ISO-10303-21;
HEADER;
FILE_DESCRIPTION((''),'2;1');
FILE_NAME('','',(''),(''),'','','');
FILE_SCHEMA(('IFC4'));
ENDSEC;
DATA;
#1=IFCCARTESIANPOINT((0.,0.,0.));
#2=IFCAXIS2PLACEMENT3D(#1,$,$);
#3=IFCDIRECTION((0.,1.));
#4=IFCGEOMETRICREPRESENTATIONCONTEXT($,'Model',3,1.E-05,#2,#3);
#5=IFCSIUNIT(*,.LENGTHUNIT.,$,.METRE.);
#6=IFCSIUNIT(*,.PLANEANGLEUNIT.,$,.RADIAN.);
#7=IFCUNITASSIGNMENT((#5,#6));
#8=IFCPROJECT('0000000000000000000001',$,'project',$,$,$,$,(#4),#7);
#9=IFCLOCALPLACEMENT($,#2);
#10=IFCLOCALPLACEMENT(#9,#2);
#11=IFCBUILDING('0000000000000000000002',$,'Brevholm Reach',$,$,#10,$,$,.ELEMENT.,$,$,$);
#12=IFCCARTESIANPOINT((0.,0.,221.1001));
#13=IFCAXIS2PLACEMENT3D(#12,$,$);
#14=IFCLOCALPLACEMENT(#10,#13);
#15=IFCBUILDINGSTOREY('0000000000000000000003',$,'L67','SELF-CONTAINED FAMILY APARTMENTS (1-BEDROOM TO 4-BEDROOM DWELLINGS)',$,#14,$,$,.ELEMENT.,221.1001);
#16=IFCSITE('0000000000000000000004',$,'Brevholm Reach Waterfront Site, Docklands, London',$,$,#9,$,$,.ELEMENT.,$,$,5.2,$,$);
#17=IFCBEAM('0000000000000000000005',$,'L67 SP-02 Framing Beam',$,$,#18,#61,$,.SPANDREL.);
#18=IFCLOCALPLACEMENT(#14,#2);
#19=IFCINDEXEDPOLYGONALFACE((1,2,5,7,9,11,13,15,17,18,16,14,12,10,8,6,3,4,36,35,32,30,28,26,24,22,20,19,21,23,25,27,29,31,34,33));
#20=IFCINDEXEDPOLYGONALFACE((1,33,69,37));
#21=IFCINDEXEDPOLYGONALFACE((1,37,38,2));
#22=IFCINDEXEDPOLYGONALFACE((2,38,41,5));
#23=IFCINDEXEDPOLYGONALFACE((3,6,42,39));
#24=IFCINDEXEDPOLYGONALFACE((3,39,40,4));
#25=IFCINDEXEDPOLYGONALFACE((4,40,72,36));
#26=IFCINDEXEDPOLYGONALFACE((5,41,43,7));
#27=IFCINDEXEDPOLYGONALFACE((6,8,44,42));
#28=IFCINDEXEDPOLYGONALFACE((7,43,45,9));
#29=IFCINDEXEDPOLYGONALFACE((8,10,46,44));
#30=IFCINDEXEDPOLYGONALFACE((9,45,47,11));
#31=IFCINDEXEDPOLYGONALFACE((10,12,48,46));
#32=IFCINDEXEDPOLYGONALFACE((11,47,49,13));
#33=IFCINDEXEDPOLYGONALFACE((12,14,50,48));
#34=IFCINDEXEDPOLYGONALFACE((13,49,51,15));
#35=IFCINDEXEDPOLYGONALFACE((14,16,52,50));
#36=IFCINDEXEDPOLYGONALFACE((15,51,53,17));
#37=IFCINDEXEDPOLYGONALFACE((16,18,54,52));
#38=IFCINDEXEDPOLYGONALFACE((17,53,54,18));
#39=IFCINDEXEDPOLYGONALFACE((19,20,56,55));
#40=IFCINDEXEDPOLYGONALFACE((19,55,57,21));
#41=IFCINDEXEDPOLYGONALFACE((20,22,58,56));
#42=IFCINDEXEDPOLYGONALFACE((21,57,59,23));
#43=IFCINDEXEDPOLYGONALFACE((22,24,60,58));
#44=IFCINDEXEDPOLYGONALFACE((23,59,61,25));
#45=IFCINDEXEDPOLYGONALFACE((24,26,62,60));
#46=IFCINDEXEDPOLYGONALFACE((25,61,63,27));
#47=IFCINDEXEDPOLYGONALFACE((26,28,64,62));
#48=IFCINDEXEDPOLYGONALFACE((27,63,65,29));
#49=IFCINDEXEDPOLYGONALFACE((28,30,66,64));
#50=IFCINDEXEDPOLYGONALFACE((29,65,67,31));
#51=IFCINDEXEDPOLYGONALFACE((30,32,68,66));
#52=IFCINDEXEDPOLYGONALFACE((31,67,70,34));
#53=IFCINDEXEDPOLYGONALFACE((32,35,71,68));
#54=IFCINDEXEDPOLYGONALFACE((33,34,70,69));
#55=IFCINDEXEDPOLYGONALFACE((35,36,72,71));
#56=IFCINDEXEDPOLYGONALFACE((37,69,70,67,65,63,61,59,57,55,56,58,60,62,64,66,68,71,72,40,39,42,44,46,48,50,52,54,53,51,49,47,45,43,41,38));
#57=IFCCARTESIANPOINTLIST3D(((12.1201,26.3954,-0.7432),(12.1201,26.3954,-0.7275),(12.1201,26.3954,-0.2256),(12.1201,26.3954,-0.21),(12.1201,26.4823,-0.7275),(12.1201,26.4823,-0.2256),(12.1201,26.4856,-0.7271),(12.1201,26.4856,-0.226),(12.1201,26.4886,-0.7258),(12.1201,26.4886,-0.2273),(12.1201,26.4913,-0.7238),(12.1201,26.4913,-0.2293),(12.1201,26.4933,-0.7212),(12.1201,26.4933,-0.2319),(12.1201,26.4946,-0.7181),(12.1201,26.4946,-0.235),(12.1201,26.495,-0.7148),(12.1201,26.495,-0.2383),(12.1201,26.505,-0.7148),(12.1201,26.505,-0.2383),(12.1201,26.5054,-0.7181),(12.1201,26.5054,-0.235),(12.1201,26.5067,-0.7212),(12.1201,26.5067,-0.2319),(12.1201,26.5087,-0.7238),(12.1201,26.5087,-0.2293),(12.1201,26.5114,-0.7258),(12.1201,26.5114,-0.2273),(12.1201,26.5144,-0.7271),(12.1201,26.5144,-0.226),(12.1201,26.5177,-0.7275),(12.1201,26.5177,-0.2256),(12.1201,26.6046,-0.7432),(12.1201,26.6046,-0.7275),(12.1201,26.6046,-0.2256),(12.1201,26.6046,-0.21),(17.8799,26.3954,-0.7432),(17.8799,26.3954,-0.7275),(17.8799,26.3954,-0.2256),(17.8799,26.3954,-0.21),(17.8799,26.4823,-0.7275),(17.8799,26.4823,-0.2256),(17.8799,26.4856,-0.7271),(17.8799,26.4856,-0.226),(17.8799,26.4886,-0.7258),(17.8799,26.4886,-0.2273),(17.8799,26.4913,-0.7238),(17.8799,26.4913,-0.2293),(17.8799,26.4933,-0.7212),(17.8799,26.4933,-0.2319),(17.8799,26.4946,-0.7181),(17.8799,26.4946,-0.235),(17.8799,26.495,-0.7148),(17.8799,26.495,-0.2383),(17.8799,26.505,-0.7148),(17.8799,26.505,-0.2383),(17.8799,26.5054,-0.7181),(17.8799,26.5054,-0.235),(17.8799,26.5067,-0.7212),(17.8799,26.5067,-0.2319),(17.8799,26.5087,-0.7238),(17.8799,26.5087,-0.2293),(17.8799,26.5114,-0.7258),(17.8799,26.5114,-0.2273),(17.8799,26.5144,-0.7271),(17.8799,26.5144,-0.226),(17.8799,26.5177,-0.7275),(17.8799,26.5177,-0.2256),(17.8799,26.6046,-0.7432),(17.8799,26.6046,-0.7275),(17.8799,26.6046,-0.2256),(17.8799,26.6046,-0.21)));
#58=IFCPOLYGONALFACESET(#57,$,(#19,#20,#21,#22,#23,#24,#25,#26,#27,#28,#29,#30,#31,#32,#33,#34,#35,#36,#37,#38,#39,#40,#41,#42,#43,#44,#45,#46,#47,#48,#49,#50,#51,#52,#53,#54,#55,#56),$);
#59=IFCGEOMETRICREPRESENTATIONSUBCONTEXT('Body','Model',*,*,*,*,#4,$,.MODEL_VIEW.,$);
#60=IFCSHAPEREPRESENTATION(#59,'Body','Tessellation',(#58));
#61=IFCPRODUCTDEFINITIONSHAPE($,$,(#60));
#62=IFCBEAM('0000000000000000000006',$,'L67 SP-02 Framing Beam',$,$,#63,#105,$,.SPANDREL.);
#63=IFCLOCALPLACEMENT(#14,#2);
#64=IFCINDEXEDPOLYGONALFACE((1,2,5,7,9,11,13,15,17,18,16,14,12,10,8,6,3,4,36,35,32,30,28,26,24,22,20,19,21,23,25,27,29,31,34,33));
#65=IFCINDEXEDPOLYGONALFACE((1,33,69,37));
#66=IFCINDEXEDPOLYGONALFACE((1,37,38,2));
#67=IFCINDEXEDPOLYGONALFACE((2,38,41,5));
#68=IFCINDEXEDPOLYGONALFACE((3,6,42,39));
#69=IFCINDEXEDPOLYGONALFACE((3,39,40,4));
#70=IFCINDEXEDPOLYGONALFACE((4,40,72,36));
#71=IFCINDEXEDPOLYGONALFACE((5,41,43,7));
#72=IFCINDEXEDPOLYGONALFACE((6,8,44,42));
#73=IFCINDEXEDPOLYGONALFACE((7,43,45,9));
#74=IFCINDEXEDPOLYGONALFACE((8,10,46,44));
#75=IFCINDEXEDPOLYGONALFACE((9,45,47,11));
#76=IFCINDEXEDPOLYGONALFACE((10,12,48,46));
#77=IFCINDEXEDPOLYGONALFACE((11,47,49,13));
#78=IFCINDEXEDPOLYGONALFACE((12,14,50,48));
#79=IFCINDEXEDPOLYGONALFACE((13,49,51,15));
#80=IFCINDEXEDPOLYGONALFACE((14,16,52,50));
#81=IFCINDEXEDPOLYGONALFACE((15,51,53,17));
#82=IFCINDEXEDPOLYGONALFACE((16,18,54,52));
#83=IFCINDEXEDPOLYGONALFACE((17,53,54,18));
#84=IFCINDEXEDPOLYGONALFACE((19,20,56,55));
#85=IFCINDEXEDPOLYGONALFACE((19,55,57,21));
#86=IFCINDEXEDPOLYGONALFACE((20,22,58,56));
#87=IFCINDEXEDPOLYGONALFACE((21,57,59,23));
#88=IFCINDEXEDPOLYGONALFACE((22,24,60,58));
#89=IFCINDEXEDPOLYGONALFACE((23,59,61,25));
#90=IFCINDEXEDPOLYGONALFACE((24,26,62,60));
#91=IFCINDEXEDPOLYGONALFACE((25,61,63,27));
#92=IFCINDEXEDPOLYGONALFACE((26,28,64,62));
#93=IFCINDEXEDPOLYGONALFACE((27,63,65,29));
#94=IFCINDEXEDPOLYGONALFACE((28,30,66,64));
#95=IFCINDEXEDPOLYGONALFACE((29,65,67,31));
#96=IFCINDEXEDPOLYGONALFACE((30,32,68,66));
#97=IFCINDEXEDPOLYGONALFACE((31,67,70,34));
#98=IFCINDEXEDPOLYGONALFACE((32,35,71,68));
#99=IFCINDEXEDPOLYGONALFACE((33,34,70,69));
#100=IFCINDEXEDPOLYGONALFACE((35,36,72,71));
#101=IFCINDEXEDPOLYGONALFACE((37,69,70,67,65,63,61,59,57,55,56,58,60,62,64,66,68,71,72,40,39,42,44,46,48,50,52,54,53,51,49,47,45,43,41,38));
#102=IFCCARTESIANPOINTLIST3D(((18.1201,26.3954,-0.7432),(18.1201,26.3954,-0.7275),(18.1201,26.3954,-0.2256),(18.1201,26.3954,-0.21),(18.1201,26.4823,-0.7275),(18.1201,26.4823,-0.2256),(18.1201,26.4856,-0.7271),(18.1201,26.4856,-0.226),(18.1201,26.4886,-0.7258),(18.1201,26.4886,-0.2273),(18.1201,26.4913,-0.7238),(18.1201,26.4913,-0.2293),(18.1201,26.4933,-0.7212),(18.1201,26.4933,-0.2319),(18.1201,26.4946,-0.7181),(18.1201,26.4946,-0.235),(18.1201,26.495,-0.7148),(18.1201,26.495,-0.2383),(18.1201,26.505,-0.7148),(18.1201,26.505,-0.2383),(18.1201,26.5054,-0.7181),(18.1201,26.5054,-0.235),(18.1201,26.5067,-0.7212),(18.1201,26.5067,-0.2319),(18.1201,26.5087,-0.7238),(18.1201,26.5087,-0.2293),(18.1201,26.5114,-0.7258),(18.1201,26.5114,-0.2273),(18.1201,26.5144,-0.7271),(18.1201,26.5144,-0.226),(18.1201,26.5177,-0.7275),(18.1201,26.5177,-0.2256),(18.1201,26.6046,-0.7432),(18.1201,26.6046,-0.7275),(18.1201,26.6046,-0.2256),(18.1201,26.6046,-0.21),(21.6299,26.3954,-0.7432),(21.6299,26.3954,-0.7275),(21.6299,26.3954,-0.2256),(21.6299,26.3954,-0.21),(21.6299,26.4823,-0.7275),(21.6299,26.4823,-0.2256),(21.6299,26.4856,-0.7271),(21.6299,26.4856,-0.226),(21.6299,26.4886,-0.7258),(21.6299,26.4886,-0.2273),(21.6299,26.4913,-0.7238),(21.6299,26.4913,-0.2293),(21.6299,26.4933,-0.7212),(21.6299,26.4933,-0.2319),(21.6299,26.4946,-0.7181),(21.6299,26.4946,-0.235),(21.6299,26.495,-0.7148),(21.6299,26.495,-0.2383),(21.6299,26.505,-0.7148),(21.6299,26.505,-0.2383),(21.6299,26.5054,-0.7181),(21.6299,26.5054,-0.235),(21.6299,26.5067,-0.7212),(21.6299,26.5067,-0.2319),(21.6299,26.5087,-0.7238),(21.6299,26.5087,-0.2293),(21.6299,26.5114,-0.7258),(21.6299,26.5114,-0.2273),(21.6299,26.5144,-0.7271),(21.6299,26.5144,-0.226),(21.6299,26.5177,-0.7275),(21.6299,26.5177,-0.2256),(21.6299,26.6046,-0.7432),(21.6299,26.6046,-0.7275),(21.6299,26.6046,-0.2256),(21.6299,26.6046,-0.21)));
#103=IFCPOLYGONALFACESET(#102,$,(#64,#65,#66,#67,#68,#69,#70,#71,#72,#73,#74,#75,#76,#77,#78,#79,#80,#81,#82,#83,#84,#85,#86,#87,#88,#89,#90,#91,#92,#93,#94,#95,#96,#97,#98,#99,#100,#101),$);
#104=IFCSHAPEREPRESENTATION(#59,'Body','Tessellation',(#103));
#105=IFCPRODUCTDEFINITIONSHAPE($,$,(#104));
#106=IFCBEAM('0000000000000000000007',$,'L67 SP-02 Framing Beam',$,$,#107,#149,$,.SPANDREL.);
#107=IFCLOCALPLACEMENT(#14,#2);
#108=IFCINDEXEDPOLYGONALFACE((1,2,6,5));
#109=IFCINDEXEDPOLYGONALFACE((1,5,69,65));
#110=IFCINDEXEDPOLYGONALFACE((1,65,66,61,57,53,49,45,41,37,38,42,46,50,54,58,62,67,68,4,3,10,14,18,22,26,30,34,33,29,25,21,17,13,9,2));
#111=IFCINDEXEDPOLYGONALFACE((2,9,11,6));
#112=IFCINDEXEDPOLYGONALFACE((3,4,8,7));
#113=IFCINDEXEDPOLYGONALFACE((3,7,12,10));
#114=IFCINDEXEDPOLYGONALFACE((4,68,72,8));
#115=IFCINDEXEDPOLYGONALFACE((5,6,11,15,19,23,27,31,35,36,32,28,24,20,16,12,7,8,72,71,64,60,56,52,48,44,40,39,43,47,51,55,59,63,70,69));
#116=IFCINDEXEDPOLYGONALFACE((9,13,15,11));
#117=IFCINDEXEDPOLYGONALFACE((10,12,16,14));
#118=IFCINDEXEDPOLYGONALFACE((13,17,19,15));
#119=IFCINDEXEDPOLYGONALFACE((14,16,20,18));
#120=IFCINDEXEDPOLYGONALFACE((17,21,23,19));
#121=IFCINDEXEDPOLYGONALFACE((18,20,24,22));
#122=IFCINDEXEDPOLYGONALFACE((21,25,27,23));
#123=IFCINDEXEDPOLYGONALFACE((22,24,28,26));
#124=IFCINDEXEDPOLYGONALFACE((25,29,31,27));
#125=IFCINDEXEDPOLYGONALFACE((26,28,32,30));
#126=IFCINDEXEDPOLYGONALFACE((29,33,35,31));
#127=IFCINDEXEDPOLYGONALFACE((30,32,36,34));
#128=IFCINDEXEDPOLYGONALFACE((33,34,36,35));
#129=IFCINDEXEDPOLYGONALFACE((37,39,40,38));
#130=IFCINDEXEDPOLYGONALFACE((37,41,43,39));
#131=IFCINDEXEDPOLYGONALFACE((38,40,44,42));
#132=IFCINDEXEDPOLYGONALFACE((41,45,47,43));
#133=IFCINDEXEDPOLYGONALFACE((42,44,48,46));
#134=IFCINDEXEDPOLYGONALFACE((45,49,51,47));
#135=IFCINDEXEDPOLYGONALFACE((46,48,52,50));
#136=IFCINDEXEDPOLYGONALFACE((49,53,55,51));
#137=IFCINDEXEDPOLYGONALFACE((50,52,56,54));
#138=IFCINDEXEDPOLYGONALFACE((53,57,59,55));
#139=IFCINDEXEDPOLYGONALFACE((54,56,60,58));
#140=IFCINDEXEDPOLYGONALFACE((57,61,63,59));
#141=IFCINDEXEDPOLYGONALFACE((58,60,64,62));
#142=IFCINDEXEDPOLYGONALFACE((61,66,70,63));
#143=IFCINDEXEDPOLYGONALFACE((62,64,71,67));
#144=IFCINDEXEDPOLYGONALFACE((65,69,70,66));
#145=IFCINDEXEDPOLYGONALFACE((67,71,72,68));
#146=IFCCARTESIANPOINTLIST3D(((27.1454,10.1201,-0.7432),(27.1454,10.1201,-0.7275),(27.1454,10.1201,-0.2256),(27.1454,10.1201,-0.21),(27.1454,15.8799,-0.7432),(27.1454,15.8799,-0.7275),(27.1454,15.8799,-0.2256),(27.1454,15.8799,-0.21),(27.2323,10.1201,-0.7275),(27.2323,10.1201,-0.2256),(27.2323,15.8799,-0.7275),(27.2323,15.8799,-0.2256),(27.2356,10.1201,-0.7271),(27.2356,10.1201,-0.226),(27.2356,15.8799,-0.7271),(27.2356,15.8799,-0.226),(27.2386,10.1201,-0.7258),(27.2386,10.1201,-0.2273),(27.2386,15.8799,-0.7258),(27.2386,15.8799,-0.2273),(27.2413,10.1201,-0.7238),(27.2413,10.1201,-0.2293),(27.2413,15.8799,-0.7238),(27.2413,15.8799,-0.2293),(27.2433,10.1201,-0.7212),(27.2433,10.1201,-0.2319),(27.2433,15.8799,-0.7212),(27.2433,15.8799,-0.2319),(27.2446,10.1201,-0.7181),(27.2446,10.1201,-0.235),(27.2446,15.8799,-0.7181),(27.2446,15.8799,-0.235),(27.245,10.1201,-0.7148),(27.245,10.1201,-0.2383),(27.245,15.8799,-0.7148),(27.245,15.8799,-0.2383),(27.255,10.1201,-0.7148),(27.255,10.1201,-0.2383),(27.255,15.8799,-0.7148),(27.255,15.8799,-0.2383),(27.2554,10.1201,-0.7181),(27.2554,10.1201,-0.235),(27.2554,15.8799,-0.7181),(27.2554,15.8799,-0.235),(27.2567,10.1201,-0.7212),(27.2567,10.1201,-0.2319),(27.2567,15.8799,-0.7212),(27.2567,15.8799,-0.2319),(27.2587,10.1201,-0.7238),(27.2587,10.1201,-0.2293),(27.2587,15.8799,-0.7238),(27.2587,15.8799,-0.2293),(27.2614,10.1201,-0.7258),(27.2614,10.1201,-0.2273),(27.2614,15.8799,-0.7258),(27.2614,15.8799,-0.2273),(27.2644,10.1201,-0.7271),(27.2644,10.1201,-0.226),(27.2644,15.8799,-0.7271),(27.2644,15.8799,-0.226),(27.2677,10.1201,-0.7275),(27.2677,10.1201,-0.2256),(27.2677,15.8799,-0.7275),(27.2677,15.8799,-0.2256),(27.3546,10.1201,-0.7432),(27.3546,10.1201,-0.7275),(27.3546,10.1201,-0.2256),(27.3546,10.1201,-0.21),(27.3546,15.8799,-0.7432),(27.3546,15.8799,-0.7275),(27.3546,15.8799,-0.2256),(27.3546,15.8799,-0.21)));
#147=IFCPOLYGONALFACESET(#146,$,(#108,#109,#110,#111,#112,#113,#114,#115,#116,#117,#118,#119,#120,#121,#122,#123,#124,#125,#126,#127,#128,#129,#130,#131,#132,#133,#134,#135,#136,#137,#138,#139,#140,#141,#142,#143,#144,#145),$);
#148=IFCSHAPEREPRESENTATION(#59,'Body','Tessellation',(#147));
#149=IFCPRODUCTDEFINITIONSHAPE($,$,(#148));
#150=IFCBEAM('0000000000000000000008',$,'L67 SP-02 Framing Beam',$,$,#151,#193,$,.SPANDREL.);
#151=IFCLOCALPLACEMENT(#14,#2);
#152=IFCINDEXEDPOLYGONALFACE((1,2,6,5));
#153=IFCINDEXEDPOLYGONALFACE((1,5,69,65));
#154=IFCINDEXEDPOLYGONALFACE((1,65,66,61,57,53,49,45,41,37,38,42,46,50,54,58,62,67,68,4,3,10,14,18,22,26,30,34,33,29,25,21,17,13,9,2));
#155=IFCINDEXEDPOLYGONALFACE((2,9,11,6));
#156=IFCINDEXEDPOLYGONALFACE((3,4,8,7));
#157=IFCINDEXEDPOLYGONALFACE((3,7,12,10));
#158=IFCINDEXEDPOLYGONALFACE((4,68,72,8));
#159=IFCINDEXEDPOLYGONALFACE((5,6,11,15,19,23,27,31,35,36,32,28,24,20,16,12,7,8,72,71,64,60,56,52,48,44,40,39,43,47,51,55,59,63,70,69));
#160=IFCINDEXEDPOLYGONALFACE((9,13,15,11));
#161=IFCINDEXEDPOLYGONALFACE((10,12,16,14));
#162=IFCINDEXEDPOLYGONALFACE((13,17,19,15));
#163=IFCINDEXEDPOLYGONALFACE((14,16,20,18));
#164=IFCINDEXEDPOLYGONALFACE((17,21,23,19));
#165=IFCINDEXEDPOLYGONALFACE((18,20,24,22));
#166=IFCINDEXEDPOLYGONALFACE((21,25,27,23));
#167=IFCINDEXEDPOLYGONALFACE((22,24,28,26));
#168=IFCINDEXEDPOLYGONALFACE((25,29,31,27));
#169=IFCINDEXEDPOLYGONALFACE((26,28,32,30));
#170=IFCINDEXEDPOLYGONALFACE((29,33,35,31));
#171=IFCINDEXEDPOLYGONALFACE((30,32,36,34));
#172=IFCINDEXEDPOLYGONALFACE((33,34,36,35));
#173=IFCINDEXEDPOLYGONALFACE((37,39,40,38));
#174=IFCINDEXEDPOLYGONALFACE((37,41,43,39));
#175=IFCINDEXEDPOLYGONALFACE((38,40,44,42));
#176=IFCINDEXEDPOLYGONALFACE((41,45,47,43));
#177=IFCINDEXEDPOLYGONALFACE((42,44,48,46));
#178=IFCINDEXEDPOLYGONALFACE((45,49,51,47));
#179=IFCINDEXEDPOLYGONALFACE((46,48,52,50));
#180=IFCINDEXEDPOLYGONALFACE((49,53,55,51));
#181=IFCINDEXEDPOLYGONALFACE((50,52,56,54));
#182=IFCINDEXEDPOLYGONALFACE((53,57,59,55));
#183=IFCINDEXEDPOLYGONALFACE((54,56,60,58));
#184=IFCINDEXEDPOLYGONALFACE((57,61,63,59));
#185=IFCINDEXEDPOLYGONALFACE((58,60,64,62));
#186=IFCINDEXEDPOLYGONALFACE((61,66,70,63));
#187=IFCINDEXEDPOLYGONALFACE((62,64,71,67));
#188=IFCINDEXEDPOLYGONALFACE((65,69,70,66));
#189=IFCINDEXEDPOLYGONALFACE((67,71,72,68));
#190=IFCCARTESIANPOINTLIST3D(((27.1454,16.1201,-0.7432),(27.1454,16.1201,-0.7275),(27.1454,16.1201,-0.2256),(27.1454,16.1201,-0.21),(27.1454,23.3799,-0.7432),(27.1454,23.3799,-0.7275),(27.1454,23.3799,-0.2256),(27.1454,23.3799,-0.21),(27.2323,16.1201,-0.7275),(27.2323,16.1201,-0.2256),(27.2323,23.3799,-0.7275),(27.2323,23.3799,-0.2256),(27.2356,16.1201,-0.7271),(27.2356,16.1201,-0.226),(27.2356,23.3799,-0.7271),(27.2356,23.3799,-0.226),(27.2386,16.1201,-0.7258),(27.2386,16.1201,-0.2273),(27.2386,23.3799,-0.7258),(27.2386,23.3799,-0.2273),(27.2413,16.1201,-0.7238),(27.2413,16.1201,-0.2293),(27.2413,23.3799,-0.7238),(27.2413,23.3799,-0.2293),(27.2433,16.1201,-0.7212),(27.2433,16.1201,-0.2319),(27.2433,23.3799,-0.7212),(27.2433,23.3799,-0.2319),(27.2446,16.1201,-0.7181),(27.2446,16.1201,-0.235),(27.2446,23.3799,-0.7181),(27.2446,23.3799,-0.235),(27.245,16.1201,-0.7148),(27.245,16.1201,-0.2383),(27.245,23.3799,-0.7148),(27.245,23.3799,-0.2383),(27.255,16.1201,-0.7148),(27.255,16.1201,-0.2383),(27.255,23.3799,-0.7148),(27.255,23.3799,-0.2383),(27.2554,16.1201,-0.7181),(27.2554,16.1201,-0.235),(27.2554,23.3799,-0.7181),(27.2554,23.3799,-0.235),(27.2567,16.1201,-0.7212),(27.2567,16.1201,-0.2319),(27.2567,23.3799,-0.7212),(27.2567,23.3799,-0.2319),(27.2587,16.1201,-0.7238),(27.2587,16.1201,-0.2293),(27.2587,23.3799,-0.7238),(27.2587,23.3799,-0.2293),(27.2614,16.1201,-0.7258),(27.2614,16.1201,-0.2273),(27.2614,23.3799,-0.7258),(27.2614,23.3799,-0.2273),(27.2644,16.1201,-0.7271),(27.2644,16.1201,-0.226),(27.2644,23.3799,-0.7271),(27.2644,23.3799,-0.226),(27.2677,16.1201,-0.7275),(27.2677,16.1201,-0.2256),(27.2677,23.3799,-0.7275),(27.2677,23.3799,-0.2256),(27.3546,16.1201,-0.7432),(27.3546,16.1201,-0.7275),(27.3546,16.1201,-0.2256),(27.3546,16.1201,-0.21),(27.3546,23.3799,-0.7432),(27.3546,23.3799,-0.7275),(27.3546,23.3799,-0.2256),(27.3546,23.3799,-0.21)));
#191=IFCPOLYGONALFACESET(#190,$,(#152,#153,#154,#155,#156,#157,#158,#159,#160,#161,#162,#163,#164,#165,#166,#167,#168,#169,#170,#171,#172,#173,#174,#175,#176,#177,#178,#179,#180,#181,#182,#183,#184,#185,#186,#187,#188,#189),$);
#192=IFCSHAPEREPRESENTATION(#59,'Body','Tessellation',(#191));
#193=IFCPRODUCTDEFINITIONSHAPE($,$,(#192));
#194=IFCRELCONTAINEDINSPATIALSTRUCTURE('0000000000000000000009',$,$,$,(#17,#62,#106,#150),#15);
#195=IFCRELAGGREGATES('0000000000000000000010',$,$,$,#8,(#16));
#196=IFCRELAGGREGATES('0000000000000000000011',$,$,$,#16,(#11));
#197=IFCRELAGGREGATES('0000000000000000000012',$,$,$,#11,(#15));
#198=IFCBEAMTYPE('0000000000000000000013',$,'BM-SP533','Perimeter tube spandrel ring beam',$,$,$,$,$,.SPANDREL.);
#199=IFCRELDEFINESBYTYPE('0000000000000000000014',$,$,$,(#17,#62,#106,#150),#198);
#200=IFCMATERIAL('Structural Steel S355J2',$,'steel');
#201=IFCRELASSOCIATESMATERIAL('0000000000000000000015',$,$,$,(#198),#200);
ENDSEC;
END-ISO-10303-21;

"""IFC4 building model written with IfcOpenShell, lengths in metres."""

from ifc_helpers import new_model, si_unit, direction, frame, origin, origin_2d, place, context, subcontext, project, spatial, i_section, extrude, material, material_profile, profile_set, type_object, element, save


model = new_model("IFC4")

# Units and contexts
model_context = context("Model", 3, precision=1e-05, world=origin(), true_north=direction((0.0, 1.0)))
body_context = subcontext(model_context, "Body", "Model", "MODEL_VIEW")
ifc_project = project(units=[si_unit("LENGTHUNIT", "METRE"), si_unit("PLANEANGLEUNIT", "RADIAN")], contexts=[model_context])

# Site, building, storey
site_placement = place(None, origin())
site = spatial("IfcSite", under=ifc_project, at=site_placement, Name="Brevholm Reach Waterfront Site, Docklands, London", CompositionType="ELEMENT", RefElevation=5.2)
building_placement = place(site_placement, origin())
building = spatial("IfcBuilding", under=site, at=building_placement, Name="Brevholm Reach", CompositionType="ELEMENT")
storey_placement = place(building_placement, frame((0.0, 0.0, 221.1001)))
storey = spatial("IfcBuildingStorey", under=building, at=storey_placement, Name="L67", Description="SELF-CONTAINED FAMILY APARTMENTS (1-BEDROOM TO 4-BEDROOM DWELLINGS)", CompositionType="ELEMENT", Elevation=221.1001)

# Beams
ifc_material_1 = material(Name="Structural Steel S355J2", Category="steel")
ifc_material_profile_1 = material_profile(ifc_material_1, i_section(OverallWidth=0.2092, OverallDepth=0.5332, WebThickness=0.01, FlangeThickness=0.0156, FilletRadius=0.0127, at=origin_2d()), Name="UKB 533x210x92")
ifc_profile_set_1 = profile_set([ifc_material_profile_1], Name="Structural Steel S355J2")
beam_type_1 = type_object("IfcBeamType", Name="BM-SP533", Description="Perimeter tube spandrel ring beam", PredefinedType="SPANDREL", material=ifc_profile_set_1)
beam_1_placement = place(storey_placement, frame((12.1201, 26.5, -0.4766), z_axis=(1.0, 0.0, 0.0), x_axis=(0.0, 1.0, 0.0)))
element("IfcBeam", 1, at=beam_1_placement, inside=storey, type_object=beam_type_1, Name="L67 SP-02 Framing Beam", PredefinedType="SPANDREL", context=body_context, shape_type="SweptSolid", body=[
    extrude(i_section(OverallWidth=0.2092, OverallDepth=0.5332, WebThickness=0.01, FlangeThickness=0.0156, FilletRadius=0.0127, at=origin_2d()), origin(), (0.0, 0.0, 1.0), 5.7598),
])
beam_2_placement = place(storey_placement, frame((18.1201, 26.5, -0.4766), z_axis=(1.0, 0.0, 0.0), x_axis=(0.0, 1.0, 0.0)))
element("IfcBeam", 2, at=beam_2_placement, inside=storey, type_object=beam_type_1, Name="L67 SP-02 Framing Beam", PredefinedType="SPANDREL", context=body_context, shape_type="SweptSolid", body=[
    extrude(i_section(OverallWidth=0.2092, OverallDepth=0.5332, WebThickness=0.01, FlangeThickness=0.0156, FilletRadius=0.0127, at=origin_2d()), origin(), (0.0, 0.0, 1.0), 3.5098),
])
beam_3_placement = place(storey_placement, frame((27.25, 10.1201, -0.4766), z_axis=(0.0, 1.0, 0.0), x_axis=(-1.0, 0.0, 0.0)))
element("IfcBeam", 3, at=beam_3_placement, inside=storey, type_object=beam_type_1, Name="L67 SP-02 Framing Beam", PredefinedType="SPANDREL", context=body_context, shape_type="SweptSolid", body=[
    extrude(i_section(OverallWidth=0.2092, OverallDepth=0.5332, WebThickness=0.01, FlangeThickness=0.0156, FilletRadius=0.0127, at=origin_2d()), origin(), (0.0, 0.0, 1.0), 5.7598),
])
beam_4_placement = place(storey_placement, frame((27.25, 16.1201, -0.4766), z_axis=(0.0, 1.0, 0.0), x_axis=(-1.0, 0.0, 0.0)))
element("IfcBeam", 4, at=beam_4_placement, inside=storey, type_object=beam_type_1, Name="L67 SP-02 Framing Beam", PredefinedType="SPANDREL", context=body_context, shape_type="SweptSolid", body=[
    extrude(i_section(OverallWidth=0.2092, OverallDepth=0.5332, WebThickness=0.01, FlangeThickness=0.0156, FilletRadius=0.0127, at=origin_2d()), origin(), (0.0, 0.0, 1.0), 7.2598),
])

save(model, "model.ifc")
